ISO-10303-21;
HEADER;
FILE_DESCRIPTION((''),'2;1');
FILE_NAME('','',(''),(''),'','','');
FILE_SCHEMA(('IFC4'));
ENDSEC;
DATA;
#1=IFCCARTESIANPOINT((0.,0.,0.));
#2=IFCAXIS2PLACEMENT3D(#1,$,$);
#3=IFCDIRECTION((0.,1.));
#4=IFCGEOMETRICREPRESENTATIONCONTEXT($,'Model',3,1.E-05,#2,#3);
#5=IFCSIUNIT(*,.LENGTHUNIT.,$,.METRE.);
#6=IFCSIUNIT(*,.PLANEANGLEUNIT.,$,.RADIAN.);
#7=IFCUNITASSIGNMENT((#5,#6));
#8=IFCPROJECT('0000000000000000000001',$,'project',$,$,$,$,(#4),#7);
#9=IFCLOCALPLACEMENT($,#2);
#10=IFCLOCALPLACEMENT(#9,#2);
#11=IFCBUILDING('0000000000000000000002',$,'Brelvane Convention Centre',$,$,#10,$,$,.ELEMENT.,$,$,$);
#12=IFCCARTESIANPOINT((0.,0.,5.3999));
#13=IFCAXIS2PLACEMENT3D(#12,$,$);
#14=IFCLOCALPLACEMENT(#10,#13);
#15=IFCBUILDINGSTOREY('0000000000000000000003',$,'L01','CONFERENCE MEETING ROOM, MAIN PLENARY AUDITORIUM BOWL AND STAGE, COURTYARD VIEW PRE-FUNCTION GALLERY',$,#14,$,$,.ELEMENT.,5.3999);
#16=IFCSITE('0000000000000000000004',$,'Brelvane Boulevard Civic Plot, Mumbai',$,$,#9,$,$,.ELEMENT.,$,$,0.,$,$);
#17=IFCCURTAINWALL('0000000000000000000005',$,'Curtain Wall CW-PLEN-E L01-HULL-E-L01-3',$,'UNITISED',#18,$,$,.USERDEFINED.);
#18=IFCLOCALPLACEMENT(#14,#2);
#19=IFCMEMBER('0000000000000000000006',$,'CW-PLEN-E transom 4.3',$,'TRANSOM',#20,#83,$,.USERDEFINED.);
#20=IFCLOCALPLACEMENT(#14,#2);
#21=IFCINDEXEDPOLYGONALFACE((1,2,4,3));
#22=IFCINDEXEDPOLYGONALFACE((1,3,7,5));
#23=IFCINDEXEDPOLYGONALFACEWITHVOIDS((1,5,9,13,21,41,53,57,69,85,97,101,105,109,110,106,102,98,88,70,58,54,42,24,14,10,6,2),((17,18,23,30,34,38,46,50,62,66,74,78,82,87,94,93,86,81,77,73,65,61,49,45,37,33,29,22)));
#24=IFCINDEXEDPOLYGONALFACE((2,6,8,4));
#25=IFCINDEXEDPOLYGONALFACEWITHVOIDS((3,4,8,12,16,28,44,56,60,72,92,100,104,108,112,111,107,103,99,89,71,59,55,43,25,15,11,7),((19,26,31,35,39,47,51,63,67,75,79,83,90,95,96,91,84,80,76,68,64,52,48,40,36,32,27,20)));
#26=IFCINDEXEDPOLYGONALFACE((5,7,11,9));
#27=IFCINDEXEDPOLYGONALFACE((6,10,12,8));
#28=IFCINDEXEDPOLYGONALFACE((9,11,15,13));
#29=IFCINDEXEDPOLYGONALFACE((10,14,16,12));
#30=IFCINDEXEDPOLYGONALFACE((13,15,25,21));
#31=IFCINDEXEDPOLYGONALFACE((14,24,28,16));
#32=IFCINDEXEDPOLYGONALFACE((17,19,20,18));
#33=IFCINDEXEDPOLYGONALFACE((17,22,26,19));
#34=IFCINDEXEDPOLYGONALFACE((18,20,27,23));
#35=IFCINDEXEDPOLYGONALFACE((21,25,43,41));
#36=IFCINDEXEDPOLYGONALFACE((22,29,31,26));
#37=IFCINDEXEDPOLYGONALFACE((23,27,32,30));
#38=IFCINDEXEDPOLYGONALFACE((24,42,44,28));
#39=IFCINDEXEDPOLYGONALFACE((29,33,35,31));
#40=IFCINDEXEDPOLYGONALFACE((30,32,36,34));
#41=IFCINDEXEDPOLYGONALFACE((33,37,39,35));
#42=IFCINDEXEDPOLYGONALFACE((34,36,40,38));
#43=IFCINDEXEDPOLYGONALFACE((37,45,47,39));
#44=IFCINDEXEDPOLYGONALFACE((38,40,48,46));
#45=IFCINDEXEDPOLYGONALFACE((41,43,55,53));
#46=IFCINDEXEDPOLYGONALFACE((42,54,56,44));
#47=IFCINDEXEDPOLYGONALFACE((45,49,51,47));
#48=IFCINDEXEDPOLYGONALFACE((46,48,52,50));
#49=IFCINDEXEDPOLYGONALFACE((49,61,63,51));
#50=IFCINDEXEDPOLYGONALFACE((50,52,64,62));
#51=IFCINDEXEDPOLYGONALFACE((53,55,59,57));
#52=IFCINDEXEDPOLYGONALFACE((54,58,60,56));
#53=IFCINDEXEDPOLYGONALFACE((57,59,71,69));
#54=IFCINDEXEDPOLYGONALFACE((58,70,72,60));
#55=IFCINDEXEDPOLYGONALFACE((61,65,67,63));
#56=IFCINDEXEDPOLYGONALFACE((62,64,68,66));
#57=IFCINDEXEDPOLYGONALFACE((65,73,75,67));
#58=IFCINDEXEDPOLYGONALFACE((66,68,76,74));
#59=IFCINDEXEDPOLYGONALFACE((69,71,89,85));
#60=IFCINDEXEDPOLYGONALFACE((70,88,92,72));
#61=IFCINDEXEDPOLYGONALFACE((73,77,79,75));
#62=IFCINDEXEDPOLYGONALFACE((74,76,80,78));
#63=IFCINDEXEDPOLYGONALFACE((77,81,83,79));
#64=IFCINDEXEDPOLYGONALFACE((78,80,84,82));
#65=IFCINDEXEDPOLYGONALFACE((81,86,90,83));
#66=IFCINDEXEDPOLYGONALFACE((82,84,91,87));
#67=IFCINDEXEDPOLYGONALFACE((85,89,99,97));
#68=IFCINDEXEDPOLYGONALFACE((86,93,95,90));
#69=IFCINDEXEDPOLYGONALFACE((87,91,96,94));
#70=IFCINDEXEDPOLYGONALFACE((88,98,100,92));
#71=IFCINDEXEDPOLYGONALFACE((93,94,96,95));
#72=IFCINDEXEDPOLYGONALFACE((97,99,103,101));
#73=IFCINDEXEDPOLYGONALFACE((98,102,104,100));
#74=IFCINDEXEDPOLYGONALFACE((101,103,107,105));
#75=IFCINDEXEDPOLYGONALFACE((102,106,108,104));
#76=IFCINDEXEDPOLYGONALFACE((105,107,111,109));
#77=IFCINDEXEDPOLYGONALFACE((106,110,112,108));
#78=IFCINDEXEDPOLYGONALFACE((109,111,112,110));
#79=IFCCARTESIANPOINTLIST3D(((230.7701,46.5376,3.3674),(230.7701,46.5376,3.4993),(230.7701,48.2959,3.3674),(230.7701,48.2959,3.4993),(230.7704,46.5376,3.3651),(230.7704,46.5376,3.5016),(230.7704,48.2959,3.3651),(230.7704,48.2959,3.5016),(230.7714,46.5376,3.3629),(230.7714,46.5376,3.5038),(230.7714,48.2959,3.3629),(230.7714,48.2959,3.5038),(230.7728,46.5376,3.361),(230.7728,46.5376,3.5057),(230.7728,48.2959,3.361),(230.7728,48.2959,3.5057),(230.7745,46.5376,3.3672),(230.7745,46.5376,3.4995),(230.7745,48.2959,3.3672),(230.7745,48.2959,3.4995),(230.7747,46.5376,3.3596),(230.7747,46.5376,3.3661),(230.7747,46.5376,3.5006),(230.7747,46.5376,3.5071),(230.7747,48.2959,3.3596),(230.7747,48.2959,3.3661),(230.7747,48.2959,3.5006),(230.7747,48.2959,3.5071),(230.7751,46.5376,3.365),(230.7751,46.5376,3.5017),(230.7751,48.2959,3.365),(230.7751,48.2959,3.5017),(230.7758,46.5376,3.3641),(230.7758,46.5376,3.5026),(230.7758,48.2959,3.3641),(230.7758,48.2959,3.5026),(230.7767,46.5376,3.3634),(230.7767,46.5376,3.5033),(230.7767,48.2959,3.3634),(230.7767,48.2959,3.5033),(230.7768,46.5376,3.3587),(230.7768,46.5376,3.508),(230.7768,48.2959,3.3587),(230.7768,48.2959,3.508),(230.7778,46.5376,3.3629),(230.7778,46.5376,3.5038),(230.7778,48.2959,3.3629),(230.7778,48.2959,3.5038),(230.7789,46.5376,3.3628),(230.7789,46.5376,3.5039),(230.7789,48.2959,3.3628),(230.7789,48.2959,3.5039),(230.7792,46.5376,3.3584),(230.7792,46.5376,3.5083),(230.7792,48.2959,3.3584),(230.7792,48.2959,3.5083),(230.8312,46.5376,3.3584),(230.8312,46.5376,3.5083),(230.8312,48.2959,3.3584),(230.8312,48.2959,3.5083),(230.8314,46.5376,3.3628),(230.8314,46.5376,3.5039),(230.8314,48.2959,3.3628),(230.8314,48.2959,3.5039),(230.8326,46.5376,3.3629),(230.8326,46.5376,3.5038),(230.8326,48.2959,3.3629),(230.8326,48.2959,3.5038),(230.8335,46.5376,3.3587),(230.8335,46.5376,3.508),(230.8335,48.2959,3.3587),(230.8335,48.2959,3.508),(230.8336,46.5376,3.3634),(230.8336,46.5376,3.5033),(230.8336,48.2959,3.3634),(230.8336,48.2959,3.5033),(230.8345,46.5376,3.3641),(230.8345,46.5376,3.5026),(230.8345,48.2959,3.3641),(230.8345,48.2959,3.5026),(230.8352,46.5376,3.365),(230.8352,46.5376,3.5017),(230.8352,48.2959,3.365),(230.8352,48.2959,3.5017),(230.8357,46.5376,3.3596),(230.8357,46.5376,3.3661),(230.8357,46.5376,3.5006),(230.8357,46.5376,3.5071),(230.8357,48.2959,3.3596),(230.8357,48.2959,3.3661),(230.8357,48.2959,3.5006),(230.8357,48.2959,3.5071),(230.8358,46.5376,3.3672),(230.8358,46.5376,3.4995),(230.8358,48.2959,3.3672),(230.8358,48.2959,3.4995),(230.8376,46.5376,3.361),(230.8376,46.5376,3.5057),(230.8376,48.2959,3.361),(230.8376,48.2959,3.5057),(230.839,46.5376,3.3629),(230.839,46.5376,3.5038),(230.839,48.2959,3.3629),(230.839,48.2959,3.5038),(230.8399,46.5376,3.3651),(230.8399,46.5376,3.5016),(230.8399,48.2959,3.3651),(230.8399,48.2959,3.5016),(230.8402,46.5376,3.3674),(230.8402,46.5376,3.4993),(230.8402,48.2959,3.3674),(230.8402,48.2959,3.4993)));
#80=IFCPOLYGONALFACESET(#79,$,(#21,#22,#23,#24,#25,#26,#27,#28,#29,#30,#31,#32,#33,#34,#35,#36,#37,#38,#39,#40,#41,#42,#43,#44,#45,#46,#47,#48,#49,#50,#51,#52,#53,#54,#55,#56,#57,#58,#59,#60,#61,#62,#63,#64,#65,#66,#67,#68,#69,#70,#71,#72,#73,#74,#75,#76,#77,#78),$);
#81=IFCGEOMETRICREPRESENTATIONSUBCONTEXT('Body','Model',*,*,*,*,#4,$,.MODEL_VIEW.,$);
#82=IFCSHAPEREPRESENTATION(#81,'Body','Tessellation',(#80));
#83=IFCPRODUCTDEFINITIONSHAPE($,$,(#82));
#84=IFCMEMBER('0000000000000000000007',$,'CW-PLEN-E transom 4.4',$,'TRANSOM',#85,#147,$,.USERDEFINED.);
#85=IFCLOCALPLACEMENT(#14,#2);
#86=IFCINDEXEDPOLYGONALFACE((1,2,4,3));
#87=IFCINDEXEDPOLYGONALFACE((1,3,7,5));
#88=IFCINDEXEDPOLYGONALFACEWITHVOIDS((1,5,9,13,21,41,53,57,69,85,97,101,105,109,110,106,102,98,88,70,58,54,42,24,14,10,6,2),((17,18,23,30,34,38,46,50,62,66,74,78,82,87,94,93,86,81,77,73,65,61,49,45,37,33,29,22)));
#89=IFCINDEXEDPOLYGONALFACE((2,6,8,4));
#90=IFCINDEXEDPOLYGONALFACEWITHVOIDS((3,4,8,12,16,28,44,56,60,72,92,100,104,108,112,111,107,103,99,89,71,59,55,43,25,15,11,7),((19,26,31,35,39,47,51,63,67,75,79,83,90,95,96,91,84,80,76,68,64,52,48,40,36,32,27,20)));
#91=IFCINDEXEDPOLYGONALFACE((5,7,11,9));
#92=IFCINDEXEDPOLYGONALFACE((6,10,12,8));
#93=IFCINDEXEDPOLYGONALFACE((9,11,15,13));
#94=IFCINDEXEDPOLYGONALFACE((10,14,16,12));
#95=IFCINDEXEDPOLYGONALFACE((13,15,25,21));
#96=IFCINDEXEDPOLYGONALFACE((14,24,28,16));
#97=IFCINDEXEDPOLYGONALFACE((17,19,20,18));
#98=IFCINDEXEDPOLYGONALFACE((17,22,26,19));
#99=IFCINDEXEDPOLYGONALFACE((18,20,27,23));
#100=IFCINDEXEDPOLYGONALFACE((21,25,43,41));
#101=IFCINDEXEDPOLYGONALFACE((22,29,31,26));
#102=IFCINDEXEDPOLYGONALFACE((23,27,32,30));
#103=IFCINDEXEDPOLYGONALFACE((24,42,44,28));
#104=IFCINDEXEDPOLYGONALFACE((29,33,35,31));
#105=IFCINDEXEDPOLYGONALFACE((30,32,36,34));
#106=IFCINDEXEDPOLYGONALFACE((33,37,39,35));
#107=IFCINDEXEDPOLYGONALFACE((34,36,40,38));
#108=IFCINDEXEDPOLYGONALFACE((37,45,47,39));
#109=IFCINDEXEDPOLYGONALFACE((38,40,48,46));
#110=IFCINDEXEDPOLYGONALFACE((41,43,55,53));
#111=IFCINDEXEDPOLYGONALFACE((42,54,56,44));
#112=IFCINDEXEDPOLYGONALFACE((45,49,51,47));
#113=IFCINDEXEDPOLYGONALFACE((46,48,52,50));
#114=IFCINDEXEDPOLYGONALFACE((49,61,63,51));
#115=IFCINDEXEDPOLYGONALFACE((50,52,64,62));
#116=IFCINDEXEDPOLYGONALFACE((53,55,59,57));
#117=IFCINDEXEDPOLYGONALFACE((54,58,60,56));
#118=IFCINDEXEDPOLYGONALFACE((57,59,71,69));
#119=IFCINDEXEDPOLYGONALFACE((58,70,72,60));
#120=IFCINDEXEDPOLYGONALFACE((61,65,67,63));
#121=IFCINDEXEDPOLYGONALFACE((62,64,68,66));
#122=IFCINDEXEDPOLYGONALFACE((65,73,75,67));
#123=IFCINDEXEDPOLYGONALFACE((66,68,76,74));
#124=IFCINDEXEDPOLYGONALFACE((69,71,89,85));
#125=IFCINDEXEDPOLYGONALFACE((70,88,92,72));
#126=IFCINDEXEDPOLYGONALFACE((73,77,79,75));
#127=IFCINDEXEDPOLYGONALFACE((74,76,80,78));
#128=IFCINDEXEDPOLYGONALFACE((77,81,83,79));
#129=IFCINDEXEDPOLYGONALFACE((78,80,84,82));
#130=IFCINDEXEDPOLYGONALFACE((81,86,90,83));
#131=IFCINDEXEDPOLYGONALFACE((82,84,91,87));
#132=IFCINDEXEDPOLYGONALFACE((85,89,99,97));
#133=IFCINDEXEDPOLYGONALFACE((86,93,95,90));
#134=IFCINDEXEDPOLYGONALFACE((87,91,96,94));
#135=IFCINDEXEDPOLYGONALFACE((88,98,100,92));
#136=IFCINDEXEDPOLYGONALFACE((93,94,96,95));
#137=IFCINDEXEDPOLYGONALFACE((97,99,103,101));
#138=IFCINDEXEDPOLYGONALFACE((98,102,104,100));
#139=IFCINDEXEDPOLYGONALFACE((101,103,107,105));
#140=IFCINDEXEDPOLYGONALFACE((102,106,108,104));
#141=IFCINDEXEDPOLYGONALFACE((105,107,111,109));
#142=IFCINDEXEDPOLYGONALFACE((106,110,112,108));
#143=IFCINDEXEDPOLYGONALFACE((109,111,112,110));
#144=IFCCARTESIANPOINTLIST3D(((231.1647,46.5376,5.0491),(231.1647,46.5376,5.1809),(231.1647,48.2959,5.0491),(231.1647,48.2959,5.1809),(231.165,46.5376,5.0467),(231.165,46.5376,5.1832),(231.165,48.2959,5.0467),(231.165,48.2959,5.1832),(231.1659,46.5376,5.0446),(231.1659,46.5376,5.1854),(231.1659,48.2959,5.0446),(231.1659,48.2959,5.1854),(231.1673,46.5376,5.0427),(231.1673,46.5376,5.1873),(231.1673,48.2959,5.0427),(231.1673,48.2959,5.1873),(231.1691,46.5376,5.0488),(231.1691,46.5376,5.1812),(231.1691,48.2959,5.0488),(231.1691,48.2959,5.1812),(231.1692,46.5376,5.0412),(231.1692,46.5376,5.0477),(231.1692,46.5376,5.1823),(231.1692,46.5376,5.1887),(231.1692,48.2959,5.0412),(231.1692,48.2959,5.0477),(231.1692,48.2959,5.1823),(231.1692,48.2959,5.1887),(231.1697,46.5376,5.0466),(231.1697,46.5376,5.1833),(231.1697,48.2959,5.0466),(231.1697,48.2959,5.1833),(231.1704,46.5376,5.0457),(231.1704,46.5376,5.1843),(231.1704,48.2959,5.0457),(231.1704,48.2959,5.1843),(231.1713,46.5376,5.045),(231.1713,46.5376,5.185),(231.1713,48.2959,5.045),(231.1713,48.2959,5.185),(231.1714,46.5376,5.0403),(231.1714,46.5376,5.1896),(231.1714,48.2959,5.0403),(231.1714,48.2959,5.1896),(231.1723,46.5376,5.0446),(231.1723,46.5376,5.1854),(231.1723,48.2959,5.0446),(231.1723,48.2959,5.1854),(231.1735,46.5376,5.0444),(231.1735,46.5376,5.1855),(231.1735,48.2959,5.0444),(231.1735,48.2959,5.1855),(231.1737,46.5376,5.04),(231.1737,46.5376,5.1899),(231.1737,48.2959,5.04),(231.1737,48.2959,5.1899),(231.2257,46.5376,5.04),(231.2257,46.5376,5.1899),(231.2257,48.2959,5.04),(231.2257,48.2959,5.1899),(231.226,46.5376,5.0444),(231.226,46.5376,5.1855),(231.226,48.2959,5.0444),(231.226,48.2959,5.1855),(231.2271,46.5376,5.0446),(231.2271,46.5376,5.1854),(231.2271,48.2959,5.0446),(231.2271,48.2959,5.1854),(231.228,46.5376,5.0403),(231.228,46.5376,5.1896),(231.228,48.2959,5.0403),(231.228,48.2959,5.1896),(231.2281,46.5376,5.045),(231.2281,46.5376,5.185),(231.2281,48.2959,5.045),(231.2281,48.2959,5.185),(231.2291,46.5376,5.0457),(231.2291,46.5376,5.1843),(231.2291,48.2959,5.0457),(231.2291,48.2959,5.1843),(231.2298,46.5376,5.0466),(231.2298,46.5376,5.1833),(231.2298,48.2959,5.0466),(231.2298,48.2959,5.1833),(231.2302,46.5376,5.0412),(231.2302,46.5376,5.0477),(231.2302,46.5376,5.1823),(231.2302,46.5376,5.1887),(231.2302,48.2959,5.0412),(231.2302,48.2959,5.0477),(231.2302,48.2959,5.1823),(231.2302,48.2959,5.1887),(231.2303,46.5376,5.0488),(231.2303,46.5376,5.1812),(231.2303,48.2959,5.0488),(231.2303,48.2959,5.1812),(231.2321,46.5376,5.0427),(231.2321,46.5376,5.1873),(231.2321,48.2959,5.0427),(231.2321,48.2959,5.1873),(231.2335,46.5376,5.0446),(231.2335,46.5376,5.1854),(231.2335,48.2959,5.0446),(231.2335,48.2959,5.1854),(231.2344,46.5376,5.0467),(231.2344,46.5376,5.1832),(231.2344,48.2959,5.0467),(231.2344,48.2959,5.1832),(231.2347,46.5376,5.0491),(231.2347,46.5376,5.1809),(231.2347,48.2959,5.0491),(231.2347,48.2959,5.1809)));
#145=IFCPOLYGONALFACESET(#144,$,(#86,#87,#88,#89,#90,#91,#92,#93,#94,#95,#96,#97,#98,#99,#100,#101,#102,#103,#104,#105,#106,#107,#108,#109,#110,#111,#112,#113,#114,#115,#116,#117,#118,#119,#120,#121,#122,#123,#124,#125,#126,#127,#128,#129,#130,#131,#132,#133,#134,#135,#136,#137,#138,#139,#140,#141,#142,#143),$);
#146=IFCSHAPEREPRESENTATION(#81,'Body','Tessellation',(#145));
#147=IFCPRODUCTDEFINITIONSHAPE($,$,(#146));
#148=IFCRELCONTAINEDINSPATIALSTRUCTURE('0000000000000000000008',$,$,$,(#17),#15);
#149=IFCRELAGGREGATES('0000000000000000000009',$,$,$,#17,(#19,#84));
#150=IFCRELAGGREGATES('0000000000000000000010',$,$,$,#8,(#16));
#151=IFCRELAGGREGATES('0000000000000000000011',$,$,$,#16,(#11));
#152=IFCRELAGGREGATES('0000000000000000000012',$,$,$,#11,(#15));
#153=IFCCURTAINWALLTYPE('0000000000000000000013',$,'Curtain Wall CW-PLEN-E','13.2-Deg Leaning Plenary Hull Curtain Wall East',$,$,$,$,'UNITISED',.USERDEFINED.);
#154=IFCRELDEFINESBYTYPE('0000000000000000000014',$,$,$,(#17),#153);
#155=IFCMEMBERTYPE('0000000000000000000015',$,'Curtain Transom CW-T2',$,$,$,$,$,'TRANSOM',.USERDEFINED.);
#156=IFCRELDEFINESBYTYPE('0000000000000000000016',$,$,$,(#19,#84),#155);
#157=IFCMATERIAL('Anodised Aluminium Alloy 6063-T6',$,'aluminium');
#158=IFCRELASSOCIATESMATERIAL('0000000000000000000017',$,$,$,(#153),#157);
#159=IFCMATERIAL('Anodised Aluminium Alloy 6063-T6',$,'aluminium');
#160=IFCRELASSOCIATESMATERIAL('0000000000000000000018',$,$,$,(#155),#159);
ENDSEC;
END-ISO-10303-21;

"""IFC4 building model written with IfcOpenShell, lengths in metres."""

from ifc_helpers import new_model, si_unit, direction, frame, origin, origin_2d, place, context, subcontext, project, spatial, hollow_rectangle, extrude, material, material_profile, profile_set, type_object, element, aggregate, save


model = new_model("IFC4")

# Units and contexts
model_context = context("Model", 3, precision=1e-05, world=origin(), true_north=direction((0.0, 1.0)))
body_context = subcontext(model_context, "Body", "Model", "MODEL_VIEW")
ifc_project = project(units=[si_unit("LENGTHUNIT", "METRE"), si_unit("PLANEANGLEUNIT", "RADIAN")], contexts=[model_context])

# Site, building, storey
site_placement = place(None, origin())
site = spatial("IfcSite", under=ifc_project, at=site_placement, Name="Brelvane Boulevard Civic Plot, Mumbai", CompositionType="ELEMENT", RefElevation=0.0)
building_placement = place(site_placement, origin())
building = spatial("IfcBuilding", under=site, at=building_placement, Name="Brelvane Convention Centre", CompositionType="ELEMENT")
storey_placement = place(building_placement, frame((0.0, 0.0, 5.3999)))
storey = spatial("IfcBuildingStorey", under=building, at=storey_placement, Name="L01", Description="CONFERENCE MEETING ROOM, MAIN PLENARY AUDITORIUM BOWL AND STAGE, COURTYARD VIEW PRE-FUNCTION GALLERY", CompositionType="ELEMENT", Elevation=5.3999)

# Curtain wall, members
ifc_material_1 = material(Name="Anodised Aluminium Alloy 6063-T6", Category="aluminium")
curtain_wall_type = type_object("IfcCurtainWallType", Name="Curtain Wall CW-PLEN-E", Description="13.2-Deg Leaning Plenary Hull Curtain Wall East", ElementType="UNITISED", PredefinedType="USERDEFINED", material=ifc_material_1)
curtain_wall_placement = place(storey_placement, origin())
curtain_wall = element("IfcCurtainWall", 1, at=curtain_wall_placement, inside=storey, type_object=curtain_wall_type, Name="Curtain Wall CW-PLEN-E L01-HULL-E-L01-3", ObjectType="UNITISED", PredefinedType="USERDEFINED")
ifc_material_2 = material(Name="Anodised Aluminium Alloy 6063-T6", Category="aluminium")
ifc_material_profile = material_profile(ifc_material_2, hollow_rectangle(XDim=0.0701, YDim=0.1499, WallThickness=0.0044, InnerFilletRadius=0.0044, OuterFilletRadius=0.009, at=origin_2d()), Name="ALU-T 150x70x4.5")
ifc_profile_set = profile_set([ifc_material_profile], Name="Anodised Aluminium Alloy 6063-T6")
member_type = type_object("IfcMemberType", Name="Curtain Transom CW-T2", ElementType="TRANSOM", PredefinedType="USERDEFINED", material=ifc_profile_set)
member_1_placement = place(storey_placement, frame((230.8052, 46.5376, 3.4333), z_axis=(0.0, 1.0, 0.0), x_axis=(-1.0, 0.0, 0.0)))
member_1 = element("IfcMember", 2, at=member_1_placement, type_object=member_type, Name="CW-PLEN-E transom 4.3", ObjectType="TRANSOM", PredefinedType="USERDEFINED", context=body_context, shape_type="SweptSolid", body=[
    extrude(hollow_rectangle(XDim=0.0701, YDim=0.1499, WallThickness=0.0044, InnerFilletRadius=0.0044, OuterFilletRadius=0.009, at=origin_2d()), origin(), (0.0, 0.0, 1.0), 1.7583),
])
member_2_placement = place(storey_placement, frame((231.1997, 46.5376, 5.115), z_axis=(0.0, 1.0, 0.0), x_axis=(-1.0, 0.0, 0.0)))
member_2 = element("IfcMember", 3, at=member_2_placement, type_object=member_type, Name="CW-PLEN-E transom 4.4", ObjectType="TRANSOM", PredefinedType="USERDEFINED", context=body_context, shape_type="SweptSolid", body=[
    extrude(hollow_rectangle(XDim=0.0701, YDim=0.1499, WallThickness=0.0044, InnerFilletRadius=0.0044, OuterFilletRadius=0.009, at=origin_2d()), origin(), (0.0, 0.0, 1.0), 1.7583),
])
aggregate(curtain_wall, [member_1, member_2])

save(model, "model.ifc")
